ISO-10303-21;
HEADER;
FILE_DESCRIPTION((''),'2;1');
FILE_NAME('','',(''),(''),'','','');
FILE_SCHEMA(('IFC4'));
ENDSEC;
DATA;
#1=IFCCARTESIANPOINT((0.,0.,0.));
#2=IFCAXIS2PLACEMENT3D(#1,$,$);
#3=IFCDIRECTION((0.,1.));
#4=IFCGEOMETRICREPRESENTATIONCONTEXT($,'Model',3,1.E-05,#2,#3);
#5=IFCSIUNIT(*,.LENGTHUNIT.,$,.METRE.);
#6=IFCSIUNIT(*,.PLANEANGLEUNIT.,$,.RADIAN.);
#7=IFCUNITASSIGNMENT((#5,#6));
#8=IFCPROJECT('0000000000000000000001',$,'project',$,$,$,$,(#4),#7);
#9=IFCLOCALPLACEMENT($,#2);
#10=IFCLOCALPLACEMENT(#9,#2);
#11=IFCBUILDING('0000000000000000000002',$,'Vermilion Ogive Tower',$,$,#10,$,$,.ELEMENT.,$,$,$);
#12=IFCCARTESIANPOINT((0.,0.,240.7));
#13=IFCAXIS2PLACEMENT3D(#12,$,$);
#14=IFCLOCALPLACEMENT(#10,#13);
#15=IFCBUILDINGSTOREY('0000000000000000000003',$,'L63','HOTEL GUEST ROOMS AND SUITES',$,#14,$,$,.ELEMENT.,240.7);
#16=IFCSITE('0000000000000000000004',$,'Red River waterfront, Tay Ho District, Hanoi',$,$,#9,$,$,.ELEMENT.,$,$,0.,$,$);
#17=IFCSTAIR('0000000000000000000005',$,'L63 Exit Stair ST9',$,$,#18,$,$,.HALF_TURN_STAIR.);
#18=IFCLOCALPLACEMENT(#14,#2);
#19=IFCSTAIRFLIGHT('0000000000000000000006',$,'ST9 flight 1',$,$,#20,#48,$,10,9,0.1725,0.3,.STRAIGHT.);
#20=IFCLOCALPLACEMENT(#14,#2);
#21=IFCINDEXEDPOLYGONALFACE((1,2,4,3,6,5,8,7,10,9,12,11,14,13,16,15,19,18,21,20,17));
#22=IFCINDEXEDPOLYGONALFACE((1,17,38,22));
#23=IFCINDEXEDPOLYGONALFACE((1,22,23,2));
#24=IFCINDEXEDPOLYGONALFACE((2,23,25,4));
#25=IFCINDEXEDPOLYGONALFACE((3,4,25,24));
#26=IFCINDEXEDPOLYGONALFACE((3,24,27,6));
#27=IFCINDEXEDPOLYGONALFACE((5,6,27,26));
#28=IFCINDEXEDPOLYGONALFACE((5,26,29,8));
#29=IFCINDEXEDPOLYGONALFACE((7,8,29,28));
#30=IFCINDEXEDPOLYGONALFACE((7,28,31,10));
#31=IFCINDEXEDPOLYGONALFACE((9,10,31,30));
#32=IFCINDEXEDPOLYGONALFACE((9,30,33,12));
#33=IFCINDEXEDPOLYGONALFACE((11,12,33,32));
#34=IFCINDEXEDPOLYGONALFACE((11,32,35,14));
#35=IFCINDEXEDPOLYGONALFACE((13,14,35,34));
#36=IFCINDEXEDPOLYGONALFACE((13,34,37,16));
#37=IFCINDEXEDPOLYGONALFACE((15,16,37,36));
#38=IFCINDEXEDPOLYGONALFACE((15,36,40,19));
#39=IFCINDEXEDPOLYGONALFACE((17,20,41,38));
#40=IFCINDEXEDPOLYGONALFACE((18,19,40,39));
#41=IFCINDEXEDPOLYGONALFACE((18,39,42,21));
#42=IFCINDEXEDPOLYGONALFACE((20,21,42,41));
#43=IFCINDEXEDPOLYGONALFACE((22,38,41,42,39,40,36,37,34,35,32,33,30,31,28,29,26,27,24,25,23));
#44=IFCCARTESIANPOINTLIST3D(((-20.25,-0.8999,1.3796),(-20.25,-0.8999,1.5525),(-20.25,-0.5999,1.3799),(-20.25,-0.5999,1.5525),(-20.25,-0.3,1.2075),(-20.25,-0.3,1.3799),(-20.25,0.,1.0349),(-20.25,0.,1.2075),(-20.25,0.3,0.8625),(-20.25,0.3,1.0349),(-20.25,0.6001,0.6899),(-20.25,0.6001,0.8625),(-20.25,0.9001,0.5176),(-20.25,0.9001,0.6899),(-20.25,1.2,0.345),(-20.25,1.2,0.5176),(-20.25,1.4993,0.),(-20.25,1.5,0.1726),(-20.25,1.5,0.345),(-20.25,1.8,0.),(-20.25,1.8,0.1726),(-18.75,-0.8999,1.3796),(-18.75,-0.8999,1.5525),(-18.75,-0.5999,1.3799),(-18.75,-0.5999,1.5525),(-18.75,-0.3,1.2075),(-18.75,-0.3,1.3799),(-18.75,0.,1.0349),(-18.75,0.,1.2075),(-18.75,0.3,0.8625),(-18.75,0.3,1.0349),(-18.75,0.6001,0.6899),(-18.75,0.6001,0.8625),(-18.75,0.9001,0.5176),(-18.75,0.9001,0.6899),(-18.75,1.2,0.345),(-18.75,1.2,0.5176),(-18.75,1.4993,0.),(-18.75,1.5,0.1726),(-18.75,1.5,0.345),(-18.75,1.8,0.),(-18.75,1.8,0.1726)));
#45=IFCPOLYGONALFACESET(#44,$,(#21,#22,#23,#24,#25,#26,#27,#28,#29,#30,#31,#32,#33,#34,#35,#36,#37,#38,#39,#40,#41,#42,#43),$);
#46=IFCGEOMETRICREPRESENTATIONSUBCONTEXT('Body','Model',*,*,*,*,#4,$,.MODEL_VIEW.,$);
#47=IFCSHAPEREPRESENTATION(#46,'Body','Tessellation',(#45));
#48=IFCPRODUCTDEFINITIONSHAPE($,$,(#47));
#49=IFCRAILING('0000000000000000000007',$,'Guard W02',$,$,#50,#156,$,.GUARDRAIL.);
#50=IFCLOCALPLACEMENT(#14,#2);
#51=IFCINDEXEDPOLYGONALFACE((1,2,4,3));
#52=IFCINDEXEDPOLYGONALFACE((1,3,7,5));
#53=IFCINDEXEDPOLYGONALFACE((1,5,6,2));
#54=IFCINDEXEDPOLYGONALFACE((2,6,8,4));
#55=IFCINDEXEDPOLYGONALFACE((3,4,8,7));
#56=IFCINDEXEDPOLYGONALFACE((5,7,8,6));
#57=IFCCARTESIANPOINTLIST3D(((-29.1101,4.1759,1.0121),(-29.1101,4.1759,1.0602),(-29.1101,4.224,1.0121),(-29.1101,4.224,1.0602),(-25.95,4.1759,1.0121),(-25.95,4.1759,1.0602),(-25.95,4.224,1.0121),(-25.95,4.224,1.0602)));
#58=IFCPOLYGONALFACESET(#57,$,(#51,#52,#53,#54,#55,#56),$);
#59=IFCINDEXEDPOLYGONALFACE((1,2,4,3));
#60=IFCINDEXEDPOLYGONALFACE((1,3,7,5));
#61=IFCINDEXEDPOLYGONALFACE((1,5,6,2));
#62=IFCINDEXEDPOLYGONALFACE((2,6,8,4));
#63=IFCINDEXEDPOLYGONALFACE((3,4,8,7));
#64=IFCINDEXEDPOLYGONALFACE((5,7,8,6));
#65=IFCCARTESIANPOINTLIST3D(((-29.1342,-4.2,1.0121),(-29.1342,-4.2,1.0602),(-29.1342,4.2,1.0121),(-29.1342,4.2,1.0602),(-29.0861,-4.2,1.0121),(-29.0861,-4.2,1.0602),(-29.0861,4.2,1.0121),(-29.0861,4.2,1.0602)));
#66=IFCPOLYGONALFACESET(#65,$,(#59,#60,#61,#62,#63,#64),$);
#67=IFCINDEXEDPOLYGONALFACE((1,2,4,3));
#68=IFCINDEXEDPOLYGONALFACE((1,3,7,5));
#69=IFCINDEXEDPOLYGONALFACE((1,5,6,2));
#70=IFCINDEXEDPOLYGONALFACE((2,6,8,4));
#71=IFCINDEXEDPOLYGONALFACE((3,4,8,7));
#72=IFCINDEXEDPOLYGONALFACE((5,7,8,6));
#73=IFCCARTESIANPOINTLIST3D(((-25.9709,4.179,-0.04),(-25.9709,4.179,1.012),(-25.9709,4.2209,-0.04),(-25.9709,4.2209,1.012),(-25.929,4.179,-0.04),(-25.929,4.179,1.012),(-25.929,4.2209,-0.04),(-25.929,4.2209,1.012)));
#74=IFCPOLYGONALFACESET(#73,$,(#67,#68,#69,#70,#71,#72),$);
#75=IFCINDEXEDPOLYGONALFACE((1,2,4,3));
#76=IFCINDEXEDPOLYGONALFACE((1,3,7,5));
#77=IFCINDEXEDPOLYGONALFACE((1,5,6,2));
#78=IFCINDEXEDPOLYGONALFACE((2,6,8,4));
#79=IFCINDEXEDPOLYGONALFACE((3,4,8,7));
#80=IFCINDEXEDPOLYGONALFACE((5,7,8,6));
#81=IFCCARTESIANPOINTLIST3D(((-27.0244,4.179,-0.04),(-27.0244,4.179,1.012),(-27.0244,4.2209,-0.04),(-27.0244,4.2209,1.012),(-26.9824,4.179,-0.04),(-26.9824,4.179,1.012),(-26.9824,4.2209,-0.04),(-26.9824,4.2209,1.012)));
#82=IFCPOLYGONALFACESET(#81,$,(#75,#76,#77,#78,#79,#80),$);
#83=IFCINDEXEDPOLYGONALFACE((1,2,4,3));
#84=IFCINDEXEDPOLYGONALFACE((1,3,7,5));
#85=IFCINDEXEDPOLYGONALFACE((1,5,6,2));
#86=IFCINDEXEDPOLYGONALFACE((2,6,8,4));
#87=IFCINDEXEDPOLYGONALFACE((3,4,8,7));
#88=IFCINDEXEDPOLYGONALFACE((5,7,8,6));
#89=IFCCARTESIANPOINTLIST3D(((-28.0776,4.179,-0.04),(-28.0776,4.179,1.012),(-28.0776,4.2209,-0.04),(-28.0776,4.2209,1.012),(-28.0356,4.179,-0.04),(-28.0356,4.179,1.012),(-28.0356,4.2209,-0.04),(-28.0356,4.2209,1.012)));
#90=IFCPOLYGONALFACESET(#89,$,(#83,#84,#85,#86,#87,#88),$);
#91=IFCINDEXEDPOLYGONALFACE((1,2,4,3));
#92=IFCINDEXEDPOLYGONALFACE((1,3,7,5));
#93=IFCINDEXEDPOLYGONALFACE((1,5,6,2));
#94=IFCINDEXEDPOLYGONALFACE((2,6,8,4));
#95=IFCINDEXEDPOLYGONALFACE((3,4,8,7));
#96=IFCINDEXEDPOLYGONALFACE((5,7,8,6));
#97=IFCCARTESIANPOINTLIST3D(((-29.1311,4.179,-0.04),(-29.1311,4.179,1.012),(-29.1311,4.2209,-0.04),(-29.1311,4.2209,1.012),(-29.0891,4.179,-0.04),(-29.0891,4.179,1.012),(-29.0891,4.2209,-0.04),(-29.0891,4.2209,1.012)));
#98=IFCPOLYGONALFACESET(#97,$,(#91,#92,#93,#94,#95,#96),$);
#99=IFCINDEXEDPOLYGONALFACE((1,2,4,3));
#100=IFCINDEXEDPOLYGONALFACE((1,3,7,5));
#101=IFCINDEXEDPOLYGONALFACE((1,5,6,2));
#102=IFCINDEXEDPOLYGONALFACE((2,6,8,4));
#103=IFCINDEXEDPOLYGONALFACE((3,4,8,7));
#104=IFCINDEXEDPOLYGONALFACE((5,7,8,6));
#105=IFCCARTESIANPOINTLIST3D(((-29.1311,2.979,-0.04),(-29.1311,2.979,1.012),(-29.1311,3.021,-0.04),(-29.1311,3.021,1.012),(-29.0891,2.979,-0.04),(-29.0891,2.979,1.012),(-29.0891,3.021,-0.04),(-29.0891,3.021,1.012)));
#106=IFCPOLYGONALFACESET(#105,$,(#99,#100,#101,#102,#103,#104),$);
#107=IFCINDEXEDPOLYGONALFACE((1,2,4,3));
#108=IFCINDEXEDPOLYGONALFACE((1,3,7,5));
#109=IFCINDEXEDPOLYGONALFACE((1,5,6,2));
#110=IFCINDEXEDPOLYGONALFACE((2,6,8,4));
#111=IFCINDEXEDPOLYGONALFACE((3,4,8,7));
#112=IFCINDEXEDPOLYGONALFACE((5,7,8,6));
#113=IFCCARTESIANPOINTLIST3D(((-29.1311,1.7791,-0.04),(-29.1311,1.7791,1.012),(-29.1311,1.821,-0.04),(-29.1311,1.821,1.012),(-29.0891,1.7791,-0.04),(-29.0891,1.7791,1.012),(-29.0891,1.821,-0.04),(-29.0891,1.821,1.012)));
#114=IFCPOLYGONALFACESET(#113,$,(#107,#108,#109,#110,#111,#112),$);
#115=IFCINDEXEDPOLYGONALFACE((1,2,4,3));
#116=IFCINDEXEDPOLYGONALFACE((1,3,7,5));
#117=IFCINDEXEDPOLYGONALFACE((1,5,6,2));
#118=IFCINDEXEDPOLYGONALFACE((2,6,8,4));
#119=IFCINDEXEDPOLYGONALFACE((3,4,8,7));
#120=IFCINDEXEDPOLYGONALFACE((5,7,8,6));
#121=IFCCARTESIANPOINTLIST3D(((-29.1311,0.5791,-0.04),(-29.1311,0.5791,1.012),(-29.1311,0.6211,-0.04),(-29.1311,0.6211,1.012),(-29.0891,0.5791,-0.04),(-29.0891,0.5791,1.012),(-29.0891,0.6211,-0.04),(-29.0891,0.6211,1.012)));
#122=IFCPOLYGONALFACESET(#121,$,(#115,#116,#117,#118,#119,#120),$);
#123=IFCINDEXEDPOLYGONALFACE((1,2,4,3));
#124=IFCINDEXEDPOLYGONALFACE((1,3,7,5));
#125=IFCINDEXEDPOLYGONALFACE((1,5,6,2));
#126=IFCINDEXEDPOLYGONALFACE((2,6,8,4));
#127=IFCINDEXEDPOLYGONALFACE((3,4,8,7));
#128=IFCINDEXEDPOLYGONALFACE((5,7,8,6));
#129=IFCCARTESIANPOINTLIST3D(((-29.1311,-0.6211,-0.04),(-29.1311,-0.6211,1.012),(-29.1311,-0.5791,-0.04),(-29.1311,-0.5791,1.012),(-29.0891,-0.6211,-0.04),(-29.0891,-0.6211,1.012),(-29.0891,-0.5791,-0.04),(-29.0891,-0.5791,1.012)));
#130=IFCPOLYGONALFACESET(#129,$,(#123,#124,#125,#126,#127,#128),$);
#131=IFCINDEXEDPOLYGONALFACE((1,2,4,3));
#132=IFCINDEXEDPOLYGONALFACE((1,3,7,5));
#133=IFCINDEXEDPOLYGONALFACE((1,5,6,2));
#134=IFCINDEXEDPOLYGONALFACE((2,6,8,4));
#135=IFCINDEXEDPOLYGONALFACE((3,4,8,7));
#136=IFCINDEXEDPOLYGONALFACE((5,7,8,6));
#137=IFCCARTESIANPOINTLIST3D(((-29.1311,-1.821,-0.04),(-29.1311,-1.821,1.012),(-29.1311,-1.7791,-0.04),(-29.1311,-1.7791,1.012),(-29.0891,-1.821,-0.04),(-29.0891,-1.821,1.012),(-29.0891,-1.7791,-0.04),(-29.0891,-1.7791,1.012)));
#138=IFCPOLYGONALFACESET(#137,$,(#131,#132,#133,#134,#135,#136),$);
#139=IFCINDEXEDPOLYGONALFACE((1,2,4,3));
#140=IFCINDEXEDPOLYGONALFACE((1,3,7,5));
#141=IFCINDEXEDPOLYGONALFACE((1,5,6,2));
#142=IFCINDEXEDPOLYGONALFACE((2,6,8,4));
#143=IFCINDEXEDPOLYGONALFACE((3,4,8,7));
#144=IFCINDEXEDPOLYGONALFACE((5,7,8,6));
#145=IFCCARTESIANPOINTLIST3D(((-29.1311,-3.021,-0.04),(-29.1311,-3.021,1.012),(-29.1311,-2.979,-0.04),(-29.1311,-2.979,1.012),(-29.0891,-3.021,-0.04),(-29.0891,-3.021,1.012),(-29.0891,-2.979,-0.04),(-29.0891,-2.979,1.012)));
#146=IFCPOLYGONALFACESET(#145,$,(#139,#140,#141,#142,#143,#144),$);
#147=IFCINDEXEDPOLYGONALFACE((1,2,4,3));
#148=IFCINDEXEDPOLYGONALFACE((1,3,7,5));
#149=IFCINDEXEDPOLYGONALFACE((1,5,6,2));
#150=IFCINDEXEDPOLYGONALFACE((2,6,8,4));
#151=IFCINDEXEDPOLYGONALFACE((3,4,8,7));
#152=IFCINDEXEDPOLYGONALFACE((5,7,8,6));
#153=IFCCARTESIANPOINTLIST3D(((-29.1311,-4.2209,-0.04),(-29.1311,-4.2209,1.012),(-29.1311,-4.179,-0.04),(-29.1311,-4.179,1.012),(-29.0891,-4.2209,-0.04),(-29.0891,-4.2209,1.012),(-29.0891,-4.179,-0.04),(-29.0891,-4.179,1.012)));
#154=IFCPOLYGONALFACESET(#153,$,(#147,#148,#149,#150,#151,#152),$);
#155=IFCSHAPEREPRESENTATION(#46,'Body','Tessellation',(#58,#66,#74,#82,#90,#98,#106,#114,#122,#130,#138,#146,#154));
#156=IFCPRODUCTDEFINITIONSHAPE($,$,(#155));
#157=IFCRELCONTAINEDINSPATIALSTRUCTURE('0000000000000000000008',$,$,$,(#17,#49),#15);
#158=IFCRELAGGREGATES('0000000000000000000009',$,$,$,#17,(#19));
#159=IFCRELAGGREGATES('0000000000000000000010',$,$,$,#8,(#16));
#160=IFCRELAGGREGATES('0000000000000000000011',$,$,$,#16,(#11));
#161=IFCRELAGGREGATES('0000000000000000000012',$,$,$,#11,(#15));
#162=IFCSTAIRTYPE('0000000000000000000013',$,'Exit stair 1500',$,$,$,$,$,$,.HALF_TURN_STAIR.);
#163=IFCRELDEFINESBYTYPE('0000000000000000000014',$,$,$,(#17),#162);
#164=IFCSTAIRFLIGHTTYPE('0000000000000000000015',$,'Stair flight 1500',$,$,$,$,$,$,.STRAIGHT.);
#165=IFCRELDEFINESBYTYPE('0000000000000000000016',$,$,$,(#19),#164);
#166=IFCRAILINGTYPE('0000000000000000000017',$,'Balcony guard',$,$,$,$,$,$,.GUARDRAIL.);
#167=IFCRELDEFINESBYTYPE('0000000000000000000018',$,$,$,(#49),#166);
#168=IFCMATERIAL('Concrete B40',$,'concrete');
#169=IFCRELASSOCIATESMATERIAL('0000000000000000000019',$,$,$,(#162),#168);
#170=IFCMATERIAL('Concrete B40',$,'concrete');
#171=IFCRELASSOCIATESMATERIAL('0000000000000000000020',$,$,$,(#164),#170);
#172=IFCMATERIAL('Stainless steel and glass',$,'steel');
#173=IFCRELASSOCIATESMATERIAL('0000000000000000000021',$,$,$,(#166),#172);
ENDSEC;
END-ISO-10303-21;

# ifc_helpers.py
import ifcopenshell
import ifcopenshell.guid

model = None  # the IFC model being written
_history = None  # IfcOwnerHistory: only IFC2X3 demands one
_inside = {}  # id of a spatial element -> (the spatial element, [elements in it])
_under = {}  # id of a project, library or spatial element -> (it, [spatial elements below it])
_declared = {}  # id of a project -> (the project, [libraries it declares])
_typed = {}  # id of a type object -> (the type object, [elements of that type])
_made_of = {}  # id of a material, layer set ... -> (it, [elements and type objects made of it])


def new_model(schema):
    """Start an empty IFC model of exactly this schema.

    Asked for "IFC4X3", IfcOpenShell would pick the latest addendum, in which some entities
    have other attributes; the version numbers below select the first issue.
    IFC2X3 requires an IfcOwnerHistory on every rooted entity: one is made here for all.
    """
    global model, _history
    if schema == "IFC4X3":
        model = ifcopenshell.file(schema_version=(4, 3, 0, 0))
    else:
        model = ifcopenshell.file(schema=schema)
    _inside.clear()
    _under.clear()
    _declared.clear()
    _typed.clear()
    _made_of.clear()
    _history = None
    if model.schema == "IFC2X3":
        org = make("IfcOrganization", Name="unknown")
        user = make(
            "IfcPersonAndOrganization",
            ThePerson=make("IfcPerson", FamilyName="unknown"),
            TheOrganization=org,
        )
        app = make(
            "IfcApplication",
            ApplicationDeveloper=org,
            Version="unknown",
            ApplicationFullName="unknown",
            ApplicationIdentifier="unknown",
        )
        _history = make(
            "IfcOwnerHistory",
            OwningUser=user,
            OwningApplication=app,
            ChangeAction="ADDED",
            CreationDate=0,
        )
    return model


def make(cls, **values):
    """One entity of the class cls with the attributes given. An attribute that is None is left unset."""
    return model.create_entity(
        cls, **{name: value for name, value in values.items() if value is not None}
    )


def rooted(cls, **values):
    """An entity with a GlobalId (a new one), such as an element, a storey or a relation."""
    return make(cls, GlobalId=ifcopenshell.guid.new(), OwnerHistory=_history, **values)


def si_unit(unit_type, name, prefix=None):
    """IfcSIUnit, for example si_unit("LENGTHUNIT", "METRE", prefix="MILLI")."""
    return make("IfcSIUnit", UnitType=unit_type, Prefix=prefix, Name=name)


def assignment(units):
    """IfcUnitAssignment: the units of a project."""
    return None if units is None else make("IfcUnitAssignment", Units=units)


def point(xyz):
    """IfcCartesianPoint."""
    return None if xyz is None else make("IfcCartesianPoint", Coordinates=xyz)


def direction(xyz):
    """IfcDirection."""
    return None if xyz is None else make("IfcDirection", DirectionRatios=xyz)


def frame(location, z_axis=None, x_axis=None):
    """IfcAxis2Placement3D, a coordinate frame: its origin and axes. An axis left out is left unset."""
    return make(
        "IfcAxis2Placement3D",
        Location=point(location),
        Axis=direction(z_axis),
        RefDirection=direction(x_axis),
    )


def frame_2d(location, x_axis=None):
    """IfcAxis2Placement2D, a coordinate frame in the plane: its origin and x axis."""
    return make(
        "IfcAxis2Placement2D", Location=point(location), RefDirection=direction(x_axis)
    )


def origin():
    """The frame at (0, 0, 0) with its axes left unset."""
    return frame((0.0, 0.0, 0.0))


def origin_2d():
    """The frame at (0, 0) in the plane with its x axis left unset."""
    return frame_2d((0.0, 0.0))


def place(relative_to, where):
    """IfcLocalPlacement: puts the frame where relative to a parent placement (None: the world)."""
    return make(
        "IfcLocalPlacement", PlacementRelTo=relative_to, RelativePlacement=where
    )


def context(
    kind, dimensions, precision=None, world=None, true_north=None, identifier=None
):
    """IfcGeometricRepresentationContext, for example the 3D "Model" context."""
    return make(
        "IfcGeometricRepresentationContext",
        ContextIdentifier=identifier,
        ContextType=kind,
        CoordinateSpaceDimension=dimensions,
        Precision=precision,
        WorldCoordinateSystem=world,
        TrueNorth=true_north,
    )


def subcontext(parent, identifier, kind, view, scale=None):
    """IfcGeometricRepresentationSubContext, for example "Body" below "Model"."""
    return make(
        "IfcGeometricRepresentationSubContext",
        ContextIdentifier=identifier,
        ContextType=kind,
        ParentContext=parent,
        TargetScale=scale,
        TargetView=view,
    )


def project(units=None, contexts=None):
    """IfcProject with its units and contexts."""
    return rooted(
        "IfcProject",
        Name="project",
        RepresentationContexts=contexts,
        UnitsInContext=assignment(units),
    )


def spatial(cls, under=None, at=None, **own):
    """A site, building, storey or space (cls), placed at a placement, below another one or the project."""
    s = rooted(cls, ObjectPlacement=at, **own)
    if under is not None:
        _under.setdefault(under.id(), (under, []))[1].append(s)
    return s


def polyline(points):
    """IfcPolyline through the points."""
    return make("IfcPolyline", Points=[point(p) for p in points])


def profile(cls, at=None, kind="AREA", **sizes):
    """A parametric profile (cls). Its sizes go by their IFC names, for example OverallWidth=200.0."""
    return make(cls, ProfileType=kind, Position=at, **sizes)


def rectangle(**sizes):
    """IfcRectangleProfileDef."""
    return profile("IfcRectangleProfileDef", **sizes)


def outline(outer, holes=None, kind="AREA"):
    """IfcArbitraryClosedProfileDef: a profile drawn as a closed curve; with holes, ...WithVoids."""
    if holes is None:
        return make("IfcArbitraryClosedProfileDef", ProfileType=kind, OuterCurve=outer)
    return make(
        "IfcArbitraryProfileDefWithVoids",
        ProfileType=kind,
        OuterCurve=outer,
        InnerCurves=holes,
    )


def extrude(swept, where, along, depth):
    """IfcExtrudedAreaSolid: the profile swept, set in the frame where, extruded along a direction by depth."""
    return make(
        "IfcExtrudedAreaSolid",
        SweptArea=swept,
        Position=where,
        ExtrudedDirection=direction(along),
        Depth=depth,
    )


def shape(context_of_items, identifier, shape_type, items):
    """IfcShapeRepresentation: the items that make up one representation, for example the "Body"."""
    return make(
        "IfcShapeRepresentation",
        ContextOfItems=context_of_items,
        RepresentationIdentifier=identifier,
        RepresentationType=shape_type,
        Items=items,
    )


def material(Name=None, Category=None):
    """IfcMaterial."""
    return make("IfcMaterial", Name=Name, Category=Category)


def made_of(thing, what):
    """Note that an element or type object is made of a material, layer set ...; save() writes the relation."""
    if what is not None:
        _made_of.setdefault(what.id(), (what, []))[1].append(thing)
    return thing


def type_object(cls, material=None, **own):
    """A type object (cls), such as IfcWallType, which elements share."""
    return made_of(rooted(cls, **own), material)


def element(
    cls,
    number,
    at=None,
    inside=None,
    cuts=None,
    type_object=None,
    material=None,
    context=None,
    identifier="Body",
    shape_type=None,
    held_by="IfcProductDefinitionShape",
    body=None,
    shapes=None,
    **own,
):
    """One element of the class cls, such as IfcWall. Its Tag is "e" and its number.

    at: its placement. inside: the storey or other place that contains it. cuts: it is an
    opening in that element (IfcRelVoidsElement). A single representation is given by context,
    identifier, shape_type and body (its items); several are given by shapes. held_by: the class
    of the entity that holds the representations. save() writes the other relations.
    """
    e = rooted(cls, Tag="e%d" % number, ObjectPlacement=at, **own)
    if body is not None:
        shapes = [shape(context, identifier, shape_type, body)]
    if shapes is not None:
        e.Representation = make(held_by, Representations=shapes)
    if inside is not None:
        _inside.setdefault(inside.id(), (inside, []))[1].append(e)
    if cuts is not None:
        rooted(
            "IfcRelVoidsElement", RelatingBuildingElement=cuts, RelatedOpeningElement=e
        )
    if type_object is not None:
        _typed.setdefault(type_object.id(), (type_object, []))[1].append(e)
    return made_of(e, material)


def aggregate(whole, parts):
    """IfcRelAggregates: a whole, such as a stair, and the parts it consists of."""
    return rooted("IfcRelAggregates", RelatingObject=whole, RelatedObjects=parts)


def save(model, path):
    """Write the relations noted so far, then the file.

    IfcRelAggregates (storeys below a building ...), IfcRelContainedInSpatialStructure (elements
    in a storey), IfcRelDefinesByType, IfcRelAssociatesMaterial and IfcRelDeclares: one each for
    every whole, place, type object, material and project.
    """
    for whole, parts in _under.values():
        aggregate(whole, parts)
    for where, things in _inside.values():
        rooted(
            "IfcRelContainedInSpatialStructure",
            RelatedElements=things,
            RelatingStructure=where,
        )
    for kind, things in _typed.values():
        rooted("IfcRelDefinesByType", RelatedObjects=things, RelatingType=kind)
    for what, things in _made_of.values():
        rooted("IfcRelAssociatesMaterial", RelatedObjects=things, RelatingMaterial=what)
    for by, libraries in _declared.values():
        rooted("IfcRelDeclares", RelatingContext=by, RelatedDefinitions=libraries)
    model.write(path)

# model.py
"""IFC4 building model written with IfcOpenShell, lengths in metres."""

from ifc_helpers import new_model, si_unit, direction, frame, origin, origin_2d, place, context, subcontext, project, spatial, polyline, rectangle, outline, extrude, material, type_object, element, aggregate, save


model = new_model("IFC4")

# Units and contexts
model_context = context("Model", 3, precision=1e-05, world=origin(), true_north=direction((0.0, 1.0)))
body_context = subcontext(model_context, "Body", "Model", "MODEL_VIEW")
ifc_project = project(units=[si_unit("LENGTHUNIT", "METRE"), si_unit("PLANEANGLEUNIT", "RADIAN")], contexts=[model_context])

# Site, building, storey
site_placement = place(None, origin())
site = spatial("IfcSite", under=ifc_project, at=site_placement, Name="Red River waterfront, Tay Ho District, Hanoi", CompositionType="ELEMENT", RefElevation=0.0)
building_placement = place(site_placement, origin())
building = spatial("IfcBuilding", under=site, at=building_placement, Name="Vermilion Ogive Tower", CompositionType="ELEMENT")
storey_placement = place(building_placement, frame((0.0, 0.0, 240.7)))
storey = spatial("IfcBuildingStorey", under=building, at=storey_placement, Name="L63", Description="HOTEL GUEST ROOMS AND SUITES", CompositionType="ELEMENT", Elevation=240.7)

# Stair, stair flight
ifc_material_1 = material(Name="Concrete B40", Category="concrete")
stair_type = type_object("IfcStairType", Name="Exit stair 1500", PredefinedType="HALF_TURN_STAIR", material=ifc_material_1)
stair_placement = place(storey_placement, origin())
stair = element("IfcStair", 1, at=stair_placement, inside=storey, type_object=stair_type, Name="L63 Exit Stair ST9", PredefinedType="HALF_TURN_STAIR")
ifc_material_2 = material(Name="Concrete B40", Category="concrete")
stair_flight_type = type_object("IfcStairFlightType", Name="Stair flight 1500", PredefinedType="STRAIGHT", material=ifc_material_2)
stair_flight_placement = place(storey_placement, frame((-19.5, 1.8, 0.0), z_axis=(0.0, 0.0, 1.0), x_axis=(0.0, -1.0, 0.0)))
stair_flight = element("IfcStairFlight", 2, at=stair_flight_placement, type_object=stair_flight_type, Name="ST9 flight 1", NumberOfRisers=10, NumberOfTreads=9, PredefinedType="STRAIGHT", RiserHeight=0.1725, TreadLength=0.3, context=body_context, shape_type="SweptSolid", body=[
    extrude(outline(polyline([(0.0, 0.0), (0.0, 0.1726), (0.3, 0.1726), (0.3, 0.345), (0.6001, 0.345), (0.6001, 0.5176), (0.8999, 0.5176), (0.8999, 0.6899), (1.2, 0.6899), (1.2, 0.8625), (1.5, 0.8625), (1.5, 1.0349), (1.8, 1.0349), (1.8, 1.2075), (2.1001, 1.2075), (2.1001, 1.3799), (2.3999, 1.3799), (2.3999, 1.5525), (2.7, 1.5525), (2.7, 1.7251), (2.7, 1.3796), (0.3008, 0.0), (0.0, 0.0)])), frame((0.0, 0.75, 0.0), z_axis=(0.0, -1.0, 0.0), x_axis=(1.0, 0.0, 0.0)), (0.0, 0.0, 1.0), 1.5),
])
aggregate(stair, [stair_flight])

# Railing
ifc_material_3 = material(Name="Stainless steel and glass", Category="steel")
railing_type_1 = type_object("IfcRailingType", Name="Balcony guard", PredefinedType="GUARDRAIL", material=ifc_material_3)
railing_1_placement = place(storey_placement, frame((-25.95, 4.2, -0.04)))
element("IfcRailing", 3, at=railing_1_placement, inside=storey, type_object=railing_type_1, Name="Guard W02", PredefinedType="GUARDRAIL", context=body_context, shape_type="SweptSolid", body=[
    extrude(rectangle(XDim=0.0481, YDim=0.0481, at=origin_2d()), frame((0.0, 0.0, 1.0762), z_axis=(-1.0, 0.0, 0.0), x_axis=(0.0, -1.0, 0.0)), (0.0, 0.0, 1.0), 3.1602),
    extrude(rectangle(XDim=0.0481, YDim=0.0481, at=origin_2d()), frame((-3.1602, 0.0, 1.0762), z_axis=(0.0, -1.0, 0.0), x_axis=(1.0, 0.0, 0.0)), (0.0, 0.0, 1.0), 8.3999),
    extrude(rectangle(XDim=0.042, YDim=0.042, at=origin_2d()), origin(), (0.0, 0.0, 1.0), 1.052),
    extrude(rectangle(XDim=0.042, YDim=0.042, at=origin_2d()), frame((-1.0535, 0.0, 0.0)), (0.0, 0.0, 1.0), 1.052),
    extrude(rectangle(XDim=0.042, YDim=0.042, at=origin_2d()), frame((-2.1067, 0.0, 0.0)), (0.0, 0.0, 1.0), 1.052),
    extrude(rectangle(XDim=0.042, YDim=0.042, at=origin_2d()), frame((-3.1602, 0.0, 0.0)), (0.0, 0.0, 1.0), 1.052),
    extrude(rectangle(XDim=0.042, YDim=0.042, at=origin_2d()), frame((-3.1602, -1.2, 0.0)), (0.0, 0.0, 1.0), 1.052),
    extrude(rectangle(XDim=0.042, YDim=0.042, at=origin_2d()), frame((-3.1602, -2.3999, 0.0)), (0.0, 0.0, 1.0), 1.052),
    extrude(rectangle(XDim=0.042, YDim=0.042, at=origin_2d()), frame((-3.1602, -3.5999, 0.0)), (0.0, 0.0, 1.0), 1.052),
    extrude(rectangle(XDim=0.042, YDim=0.042, at=origin_2d()), frame((-3.1602, -4.8, 0.0)), (0.0, 0.0, 1.0), 1.052),
    extrude(rectangle(XDim=0.042, YDim=0.042, at=origin_2d()), frame((-3.1602, -6.0, 0.0)), (0.0, 0.0, 1.0), 1.052),
    extrude(rectangle(XDim=0.042, YDim=0.042, at=origin_2d()), frame((-3.1602, -7.2, 0.0)), (0.0, 0.0, 1.0), 1.052),
    extrude(rectangle(XDim=0.042, YDim=0.042, at=origin_2d()), frame((-3.1602, -8.3999, 0.0)), (0.0, 0.0, 1.0), 1.052),
])

save(model, "model.ifc")
